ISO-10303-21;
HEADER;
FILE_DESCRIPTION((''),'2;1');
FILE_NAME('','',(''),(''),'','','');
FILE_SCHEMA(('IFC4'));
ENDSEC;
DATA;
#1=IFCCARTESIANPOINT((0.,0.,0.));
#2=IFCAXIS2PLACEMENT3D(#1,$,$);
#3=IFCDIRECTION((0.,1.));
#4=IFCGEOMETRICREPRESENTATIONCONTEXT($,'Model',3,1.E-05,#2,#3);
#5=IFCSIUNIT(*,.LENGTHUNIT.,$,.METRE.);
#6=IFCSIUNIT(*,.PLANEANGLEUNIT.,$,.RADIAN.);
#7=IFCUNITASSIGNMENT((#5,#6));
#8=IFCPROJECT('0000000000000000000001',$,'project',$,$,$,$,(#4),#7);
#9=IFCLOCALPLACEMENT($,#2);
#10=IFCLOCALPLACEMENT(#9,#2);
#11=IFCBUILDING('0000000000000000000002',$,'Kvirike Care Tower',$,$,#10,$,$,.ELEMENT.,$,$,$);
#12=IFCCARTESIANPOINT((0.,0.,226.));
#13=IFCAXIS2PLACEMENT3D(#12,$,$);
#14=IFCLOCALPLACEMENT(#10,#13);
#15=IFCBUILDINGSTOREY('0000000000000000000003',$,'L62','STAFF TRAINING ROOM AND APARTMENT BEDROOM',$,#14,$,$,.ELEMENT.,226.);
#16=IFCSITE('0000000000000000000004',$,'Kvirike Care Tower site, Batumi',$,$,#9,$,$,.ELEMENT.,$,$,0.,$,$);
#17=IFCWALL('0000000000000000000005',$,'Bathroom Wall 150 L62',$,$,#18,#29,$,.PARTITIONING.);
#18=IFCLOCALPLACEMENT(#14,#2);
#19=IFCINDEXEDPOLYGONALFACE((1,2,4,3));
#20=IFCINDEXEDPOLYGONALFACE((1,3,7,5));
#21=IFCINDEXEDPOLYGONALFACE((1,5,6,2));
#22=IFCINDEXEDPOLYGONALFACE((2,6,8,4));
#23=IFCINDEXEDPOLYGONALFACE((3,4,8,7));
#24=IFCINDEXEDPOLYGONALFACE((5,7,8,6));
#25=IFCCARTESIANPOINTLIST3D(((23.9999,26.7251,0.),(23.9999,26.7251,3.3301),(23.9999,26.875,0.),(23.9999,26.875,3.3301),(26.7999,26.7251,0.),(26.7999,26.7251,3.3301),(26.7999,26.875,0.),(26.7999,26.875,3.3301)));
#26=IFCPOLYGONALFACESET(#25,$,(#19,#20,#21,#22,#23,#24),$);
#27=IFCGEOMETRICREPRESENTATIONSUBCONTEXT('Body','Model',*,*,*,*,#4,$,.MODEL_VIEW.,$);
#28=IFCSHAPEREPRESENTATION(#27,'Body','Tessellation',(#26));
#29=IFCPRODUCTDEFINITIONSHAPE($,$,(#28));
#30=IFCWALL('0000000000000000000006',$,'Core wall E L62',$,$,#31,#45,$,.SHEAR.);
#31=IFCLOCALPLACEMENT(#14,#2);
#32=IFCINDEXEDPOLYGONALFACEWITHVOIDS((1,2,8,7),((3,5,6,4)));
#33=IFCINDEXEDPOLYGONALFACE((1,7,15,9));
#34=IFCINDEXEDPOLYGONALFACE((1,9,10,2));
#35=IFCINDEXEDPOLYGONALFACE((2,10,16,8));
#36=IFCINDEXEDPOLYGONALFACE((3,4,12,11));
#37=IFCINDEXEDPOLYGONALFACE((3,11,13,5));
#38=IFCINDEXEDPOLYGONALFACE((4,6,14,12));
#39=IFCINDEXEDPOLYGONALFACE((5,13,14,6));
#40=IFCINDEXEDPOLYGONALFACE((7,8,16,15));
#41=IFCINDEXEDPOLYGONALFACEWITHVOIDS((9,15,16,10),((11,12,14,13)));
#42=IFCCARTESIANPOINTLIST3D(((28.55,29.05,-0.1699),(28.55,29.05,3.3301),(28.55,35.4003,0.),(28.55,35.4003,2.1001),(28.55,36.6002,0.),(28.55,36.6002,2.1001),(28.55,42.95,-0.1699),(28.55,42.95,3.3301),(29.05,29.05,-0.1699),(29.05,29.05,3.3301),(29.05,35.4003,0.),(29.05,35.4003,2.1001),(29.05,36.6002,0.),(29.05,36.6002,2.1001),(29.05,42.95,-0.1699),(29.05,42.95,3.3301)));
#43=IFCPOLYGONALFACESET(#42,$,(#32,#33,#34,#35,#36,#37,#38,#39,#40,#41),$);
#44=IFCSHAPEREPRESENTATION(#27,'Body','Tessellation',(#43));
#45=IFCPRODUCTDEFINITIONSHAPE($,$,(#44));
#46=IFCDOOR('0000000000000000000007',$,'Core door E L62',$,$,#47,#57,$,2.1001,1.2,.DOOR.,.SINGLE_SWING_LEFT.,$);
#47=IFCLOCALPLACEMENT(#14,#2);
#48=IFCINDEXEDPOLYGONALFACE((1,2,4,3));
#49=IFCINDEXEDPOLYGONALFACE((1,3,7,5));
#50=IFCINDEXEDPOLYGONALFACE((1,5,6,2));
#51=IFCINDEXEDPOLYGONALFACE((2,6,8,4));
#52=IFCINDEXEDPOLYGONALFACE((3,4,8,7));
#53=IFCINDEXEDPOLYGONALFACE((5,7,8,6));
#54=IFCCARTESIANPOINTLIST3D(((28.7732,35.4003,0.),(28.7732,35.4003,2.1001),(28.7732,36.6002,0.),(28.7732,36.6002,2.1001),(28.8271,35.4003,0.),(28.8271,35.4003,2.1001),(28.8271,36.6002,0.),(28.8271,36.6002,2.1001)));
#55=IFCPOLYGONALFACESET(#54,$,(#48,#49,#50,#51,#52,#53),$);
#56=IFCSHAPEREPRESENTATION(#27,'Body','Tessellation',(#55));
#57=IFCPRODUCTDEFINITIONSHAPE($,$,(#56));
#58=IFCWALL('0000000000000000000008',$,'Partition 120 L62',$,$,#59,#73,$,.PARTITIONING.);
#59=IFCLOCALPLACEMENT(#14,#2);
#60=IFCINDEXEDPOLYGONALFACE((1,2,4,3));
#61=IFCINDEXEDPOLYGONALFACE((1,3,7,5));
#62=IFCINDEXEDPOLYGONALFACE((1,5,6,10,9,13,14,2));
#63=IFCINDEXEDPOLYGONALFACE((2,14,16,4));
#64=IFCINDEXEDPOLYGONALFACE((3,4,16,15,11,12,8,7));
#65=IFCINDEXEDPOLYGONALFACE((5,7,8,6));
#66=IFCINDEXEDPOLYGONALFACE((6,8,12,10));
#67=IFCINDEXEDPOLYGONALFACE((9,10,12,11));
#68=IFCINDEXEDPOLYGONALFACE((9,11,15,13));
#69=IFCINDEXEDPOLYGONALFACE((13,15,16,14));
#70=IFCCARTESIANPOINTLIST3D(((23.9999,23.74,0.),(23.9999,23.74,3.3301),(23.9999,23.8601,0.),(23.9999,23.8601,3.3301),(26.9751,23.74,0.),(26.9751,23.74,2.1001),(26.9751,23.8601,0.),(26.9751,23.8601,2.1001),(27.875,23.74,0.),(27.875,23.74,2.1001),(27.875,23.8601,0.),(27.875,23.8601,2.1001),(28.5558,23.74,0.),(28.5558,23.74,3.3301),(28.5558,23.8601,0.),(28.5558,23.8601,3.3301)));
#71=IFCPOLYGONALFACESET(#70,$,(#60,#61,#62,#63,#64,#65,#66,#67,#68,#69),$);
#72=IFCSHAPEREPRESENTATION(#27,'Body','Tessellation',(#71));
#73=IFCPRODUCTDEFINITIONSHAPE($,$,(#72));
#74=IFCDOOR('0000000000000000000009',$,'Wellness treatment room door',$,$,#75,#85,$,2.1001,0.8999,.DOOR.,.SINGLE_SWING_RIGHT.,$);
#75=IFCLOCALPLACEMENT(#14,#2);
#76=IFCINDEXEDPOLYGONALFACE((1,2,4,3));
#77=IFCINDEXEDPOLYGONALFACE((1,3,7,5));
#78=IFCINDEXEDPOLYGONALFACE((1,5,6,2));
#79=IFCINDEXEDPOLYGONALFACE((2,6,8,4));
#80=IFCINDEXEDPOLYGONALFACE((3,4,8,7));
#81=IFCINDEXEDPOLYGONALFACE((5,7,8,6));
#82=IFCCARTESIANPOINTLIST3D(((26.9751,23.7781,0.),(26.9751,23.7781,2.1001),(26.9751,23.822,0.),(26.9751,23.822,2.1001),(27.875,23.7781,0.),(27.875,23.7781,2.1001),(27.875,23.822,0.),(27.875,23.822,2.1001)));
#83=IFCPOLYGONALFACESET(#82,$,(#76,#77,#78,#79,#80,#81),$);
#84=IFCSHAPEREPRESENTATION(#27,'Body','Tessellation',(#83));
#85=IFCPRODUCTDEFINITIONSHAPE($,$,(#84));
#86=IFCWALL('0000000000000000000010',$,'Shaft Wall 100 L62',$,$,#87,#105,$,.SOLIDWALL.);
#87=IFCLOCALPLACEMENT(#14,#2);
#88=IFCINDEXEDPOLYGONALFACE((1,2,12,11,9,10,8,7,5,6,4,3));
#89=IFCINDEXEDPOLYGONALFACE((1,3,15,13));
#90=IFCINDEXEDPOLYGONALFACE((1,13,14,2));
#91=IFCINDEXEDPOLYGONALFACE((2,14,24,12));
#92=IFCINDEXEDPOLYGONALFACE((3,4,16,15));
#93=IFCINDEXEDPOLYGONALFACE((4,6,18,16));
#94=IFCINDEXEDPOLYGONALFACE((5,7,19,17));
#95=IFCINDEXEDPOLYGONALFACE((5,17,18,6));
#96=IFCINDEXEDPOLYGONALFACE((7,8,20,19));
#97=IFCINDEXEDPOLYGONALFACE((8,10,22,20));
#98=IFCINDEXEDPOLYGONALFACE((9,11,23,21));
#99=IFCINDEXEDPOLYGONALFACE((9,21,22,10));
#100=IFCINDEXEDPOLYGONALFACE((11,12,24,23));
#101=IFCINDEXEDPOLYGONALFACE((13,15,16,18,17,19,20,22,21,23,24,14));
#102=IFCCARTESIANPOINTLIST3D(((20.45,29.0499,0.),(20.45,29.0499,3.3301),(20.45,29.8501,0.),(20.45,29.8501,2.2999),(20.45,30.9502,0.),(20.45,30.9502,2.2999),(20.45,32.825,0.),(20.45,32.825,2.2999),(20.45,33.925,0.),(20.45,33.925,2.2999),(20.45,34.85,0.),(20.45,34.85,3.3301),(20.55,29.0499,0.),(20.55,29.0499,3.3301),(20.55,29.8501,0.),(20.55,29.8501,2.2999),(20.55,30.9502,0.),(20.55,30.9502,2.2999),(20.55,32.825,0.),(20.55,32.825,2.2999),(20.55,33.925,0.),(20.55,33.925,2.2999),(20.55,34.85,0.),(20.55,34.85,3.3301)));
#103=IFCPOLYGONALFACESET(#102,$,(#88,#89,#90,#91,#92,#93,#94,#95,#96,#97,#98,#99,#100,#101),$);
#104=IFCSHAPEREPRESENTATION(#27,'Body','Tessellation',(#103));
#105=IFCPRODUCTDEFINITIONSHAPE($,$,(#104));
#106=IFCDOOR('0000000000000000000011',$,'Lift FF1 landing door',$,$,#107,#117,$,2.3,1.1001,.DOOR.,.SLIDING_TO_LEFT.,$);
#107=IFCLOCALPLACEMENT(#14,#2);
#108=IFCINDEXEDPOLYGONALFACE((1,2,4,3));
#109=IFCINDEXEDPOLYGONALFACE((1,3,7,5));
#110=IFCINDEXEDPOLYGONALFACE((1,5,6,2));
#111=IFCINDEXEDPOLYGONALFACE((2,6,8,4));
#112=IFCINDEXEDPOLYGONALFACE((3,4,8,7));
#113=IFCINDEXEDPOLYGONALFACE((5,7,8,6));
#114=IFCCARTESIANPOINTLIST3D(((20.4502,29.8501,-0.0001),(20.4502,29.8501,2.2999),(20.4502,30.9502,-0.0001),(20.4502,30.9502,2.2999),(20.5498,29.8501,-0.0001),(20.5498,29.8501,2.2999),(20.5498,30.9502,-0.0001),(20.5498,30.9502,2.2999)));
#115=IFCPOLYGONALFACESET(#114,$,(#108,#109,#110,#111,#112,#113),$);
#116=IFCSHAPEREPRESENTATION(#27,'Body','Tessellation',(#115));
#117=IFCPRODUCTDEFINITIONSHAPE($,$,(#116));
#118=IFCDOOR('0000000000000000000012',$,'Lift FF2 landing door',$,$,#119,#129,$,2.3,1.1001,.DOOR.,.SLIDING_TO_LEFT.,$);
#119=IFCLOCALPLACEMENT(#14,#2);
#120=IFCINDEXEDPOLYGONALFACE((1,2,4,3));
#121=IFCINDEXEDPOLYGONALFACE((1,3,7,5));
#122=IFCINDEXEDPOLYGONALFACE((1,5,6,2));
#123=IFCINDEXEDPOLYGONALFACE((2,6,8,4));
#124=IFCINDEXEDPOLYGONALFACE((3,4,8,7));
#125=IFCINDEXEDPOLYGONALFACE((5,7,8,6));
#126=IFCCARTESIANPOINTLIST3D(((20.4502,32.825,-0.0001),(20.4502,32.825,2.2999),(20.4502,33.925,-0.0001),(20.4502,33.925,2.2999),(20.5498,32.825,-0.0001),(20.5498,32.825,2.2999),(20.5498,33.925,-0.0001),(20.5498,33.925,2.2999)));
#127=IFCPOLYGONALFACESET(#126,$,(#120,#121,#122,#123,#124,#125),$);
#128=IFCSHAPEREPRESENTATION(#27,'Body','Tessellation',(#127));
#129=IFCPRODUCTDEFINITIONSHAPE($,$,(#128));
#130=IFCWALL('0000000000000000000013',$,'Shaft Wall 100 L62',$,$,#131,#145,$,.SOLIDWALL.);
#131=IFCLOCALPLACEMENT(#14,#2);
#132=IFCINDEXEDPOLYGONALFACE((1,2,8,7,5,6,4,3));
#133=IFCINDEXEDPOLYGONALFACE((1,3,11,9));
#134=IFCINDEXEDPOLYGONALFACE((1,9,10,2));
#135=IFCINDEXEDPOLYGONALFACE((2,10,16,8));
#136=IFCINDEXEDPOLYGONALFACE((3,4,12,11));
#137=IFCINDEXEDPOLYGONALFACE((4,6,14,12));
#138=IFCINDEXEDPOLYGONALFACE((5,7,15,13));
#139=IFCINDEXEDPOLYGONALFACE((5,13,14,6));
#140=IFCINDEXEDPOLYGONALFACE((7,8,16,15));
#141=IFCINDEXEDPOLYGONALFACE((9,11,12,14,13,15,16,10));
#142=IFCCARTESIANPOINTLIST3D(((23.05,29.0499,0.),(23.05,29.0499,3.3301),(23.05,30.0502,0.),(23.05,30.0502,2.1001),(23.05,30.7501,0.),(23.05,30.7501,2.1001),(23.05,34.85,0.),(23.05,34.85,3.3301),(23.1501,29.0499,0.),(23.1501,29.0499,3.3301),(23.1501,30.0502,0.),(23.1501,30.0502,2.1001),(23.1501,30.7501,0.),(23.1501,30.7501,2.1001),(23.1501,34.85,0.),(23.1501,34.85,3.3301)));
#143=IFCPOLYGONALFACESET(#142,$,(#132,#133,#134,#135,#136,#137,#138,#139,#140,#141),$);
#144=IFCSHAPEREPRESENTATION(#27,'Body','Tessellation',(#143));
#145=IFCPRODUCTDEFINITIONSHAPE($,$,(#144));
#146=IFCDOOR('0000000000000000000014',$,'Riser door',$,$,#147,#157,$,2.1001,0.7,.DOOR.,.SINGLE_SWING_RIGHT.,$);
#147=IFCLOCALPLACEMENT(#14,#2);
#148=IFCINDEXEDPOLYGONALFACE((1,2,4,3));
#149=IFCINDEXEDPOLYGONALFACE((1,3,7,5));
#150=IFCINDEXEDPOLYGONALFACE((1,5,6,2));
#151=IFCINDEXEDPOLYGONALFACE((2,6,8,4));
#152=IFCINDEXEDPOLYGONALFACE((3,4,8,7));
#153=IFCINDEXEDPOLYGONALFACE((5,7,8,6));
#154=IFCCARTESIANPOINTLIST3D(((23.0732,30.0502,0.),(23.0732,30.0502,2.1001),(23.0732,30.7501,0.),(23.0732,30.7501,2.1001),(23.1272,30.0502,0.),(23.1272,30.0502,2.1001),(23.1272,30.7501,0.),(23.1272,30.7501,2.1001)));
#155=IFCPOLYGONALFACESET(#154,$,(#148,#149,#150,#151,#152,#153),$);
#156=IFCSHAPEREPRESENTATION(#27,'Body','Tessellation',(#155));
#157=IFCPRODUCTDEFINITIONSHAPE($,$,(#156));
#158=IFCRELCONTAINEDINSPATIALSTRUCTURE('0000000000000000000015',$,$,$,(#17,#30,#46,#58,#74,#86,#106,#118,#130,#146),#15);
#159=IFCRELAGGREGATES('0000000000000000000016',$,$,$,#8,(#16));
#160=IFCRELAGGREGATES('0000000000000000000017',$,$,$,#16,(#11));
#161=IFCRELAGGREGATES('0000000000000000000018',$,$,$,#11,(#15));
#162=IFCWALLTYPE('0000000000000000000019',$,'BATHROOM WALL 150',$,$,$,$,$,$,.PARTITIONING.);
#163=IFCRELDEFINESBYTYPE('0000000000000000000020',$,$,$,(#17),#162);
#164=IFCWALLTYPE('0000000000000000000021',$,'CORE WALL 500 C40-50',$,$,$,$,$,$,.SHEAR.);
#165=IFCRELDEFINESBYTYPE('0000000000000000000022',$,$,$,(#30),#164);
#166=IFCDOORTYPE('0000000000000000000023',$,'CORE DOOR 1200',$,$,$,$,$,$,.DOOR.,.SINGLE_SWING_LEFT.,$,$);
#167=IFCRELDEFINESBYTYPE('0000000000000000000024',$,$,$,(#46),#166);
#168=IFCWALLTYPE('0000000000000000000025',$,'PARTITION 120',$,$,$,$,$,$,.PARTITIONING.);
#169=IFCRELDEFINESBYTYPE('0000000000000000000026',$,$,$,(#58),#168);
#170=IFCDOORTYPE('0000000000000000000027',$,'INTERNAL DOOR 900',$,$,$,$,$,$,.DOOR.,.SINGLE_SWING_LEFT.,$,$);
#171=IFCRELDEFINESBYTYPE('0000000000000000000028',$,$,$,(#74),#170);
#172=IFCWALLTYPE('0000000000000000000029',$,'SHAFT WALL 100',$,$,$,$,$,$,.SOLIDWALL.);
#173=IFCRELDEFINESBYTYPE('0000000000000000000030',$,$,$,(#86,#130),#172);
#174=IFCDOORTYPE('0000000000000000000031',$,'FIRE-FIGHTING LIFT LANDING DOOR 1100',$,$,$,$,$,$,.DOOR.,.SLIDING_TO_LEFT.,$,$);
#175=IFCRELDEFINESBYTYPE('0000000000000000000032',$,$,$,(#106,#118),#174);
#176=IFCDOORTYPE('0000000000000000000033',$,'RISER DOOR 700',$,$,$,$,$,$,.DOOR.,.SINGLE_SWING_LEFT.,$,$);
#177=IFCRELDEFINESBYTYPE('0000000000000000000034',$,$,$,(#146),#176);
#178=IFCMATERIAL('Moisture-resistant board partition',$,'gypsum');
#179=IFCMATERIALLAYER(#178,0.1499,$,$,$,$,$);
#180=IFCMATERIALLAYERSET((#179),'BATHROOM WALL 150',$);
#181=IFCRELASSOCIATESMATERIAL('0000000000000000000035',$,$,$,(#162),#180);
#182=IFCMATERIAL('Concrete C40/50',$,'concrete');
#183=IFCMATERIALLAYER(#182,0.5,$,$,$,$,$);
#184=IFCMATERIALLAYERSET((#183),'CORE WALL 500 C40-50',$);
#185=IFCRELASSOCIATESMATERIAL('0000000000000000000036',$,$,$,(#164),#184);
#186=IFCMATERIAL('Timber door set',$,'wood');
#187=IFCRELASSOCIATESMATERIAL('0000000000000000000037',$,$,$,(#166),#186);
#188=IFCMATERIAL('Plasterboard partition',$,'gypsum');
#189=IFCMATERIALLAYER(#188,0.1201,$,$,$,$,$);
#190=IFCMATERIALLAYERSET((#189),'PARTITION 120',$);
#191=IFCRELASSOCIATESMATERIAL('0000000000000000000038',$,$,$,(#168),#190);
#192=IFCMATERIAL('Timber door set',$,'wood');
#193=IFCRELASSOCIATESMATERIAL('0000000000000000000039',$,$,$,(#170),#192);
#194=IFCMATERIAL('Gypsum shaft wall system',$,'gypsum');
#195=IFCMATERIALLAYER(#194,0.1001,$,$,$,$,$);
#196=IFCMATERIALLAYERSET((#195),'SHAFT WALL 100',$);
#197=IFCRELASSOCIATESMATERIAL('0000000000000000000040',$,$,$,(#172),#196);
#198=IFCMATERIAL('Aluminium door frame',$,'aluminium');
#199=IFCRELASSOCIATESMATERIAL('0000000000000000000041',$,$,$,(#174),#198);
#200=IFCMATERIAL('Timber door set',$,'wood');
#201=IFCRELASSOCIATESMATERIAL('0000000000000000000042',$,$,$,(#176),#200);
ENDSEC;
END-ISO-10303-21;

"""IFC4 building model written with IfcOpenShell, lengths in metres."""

from ifc_helpers import new_model, si_unit, direction, frame, frame_2d, origin, place, context, subcontext, project, spatial, rectangle, extrude, material, layer, layer_set, type_object, element, fill, save


model = new_model("IFC4")

# Units and contexts
model_context = context("Model", 3, precision=1e-05, world=origin(), true_north=direction((0.0, 1.0)))
body_context = subcontext(model_context, "Body", "Model", "MODEL_VIEW")
ifc_project = project(units=[si_unit("LENGTHUNIT", "METRE"), si_unit("PLANEANGLEUNIT", "RADIAN")], contexts=[model_context])

# Site, building, storey
site_placement = place(None, origin())
site = spatial("IfcSite", under=ifc_project, at=site_placement, Name="Kvirike Care Tower site, Batumi", CompositionType="ELEMENT", RefElevation=0.0)
building_placement = place(site_placement, origin())
building = spatial("IfcBuilding", under=site, at=building_placement, Name="Kvirike Care Tower", CompositionType="ELEMENT")
storey_placement = place(building_placement, frame((0.0, 0.0, 226.0)))
storey = spatial("IfcBuildingStorey", under=building, at=storey_placement, Name="L62", Description="STAFF TRAINING ROOM AND APARTMENT BEDROOM", CompositionType="ELEMENT", Elevation=226.0)

# Shared definitions
ifc_material_1 = material(Name="Moisture-resistant board partition", Category="gypsum")
ifc_layer_1 = layer(ifc_material_1, 0.1499)
ifc_layer_set_1 = layer_set([ifc_layer_1], Name="BATHROOM WALL 150")
wall_type_1 = type_object("IfcWallType", Name="BATHROOM WALL 150", PredefinedType="PARTITIONING", material=ifc_layer_set_1)

# Wall
wall_1_placement = place(storey_placement, frame((24.0, 26.8, 0.0), z_axis=(0.0, 0.0, 1.0), x_axis=(1.0, 0.0, 0.0)))
element("IfcWall", 1, at=wall_1_placement, inside=storey, type_object=wall_type_1, Name="Bathroom Wall 150 L62", PredefinedType="PARTITIONING", context=body_context, shape_type="SweptSolid", body=[
    extrude(rectangle(XDim=2.8, YDim=0.1499, at=frame_2d((1.3999, 0.0))), origin(), (0.0, 0.0, 1.0), 3.3301),
])

# Walls, openings, doors
ifc_material_2 = material(Name="Concrete C40/50", Category="concrete")
ifc_layer_2 = layer(ifc_material_2, 0.5)
ifc_layer_set_2 = layer_set([ifc_layer_2], Name="CORE WALL 500 C40-50")
wall_type_2 = type_object("IfcWallType", Name="CORE WALL 500 C40-50", PredefinedType="SHEAR", material=ifc_layer_set_2)
wall_2_placement = place(storey_placement, frame((28.8, 29.05, -0.1699), z_axis=(0.0, 0.0, 1.0), x_axis=(0.0, 1.0, 0.0)))
wall_2 = element("IfcWall", 2, at=wall_2_placement, inside=storey, type_object=wall_type_2, Name="Core wall E L62", PredefinedType="SHEAR", context=body_context, shape_type="SweptSolid", body=[
    extrude(rectangle(XDim=13.8999, YDim=0.5, at=frame_2d((6.95, 0.0))), origin(), (0.0, 0.0, 1.0), 3.5),
])
opening_1_placement = place(wall_2_placement, frame((6.3501, 0.0, 0.1699)))
opening_1 = element("IfcOpeningElement", 3, at=opening_1_placement, cuts=wall_2, PredefinedType="OPENING", context=body_context, shape_type="SweptSolid", body=[
    extrude(rectangle(XDim=1.2, YDim=2.1001, at=frame_2d((0.6001, 1.05))), frame((0.0, 0.2605, 0.0), z_axis=(0.0, -1.0, 0.0), x_axis=(1.0, 0.0, 0.0)), (0.0, 0.0, 1.0), 0.521),
])
ifc_material_3 = material(Name="Timber door set", Category="wood")
door_type_1 = type_object("IfcDoorType", Name="CORE DOOR 1200", OperationType="SINGLE_SWING_LEFT", PredefinedType="DOOR", material=ifc_material_3)
door_1_placement = place(opening_1_placement, origin())
door_1 = element("IfcDoor", 4, at=door_1_placement, inside=storey, type_object=door_type_1, Name="Core door E L62", OperationType="SINGLE_SWING_LEFT", OverallHeight=2.1001, OverallWidth=1.2, PredefinedType="DOOR", context=body_context, shape_type="SweptSolid", body=[
    extrude(rectangle(XDim=1.2, YDim=2.1001, at=frame_2d((0.6001, 1.05))), frame((0.0, 0.0269, 0.0), z_axis=(0.0, -1.0, 0.0), x_axis=(1.0, 0.0, 0.0)), (0.0, 0.0, 1.0), 0.054),
])
fill(opening_1, door_1)
ifc_material_4 = material(Name="Plasterboard partition", Category="gypsum")
ifc_layer_3 = layer(ifc_material_4, 0.1201)
ifc_layer_set_3 = layer_set([ifc_layer_3], Name="PARTITION 120")
wall_type_3 = type_object("IfcWallType", Name="PARTITION 120", PredefinedType="PARTITIONING", material=ifc_layer_set_3)
wall_3_placement = place(storey_placement, frame((24.0, 23.8, 0.0), z_axis=(0.0, 0.0, 1.0), x_axis=(1.0, 0.0, 0.0)))
wall_3 = element("IfcWall", 5, at=wall_3_placement, inside=storey, type_object=wall_type_3, Name="Partition 120 L62", PredefinedType="PARTITIONING", context=body_context, shape_type="SweptSolid", body=[
    extrude(rectangle(XDim=4.5559, YDim=0.1201, at=frame_2d((2.2778, 0.0))), origin(), (0.0, 0.0, 1.0), 3.3301),
])
opening_2_placement = place(wall_3_placement, frame((2.9751, 0.0, 0.0)))
opening_2 = element("IfcOpeningElement", 6, at=opening_2_placement, cuts=wall_3, PredefinedType="OPENING", context=body_context, shape_type="SweptSolid", body=[
    extrude(rectangle(XDim=0.8999, YDim=2.1001, at=frame_2d((0.45, 1.05))), frame((0.0, 0.0706, 0.0), z_axis=(0.0, -1.0, 0.0), x_axis=(1.0, 0.0, 0.0)), (0.0, 0.0, 1.0), 0.1411),
])
ifc_material_5 = material(Name="Timber door set", Category="wood")
door_type_2 = type_object("IfcDoorType", Name="INTERNAL DOOR 900", OperationType="SINGLE_SWING_LEFT", PredefinedType="DOOR", material=ifc_material_5)
door_2_placement = place(opening_2_placement, origin())
door_2 = element("IfcDoor", 7, at=door_2_placement, inside=storey, type_object=door_type_2, Name="Wellness treatment room door", OperationType="SINGLE_SWING_RIGHT", OverallHeight=2.1001, OverallWidth=0.8999, PredefinedType="DOOR", context=body_context, shape_type="SweptSolid", body=[
    extrude(rectangle(XDim=0.8999, YDim=2.1001, at=frame_2d((0.45, 1.05))), frame((0.0, 0.022, 0.0), z_axis=(0.0, -1.0, 0.0), x_axis=(1.0, 0.0, 0.0)), (0.0, 0.0, 1.0), 0.0439),
])
fill(opening_2, door_2)

# Wall, openings, doors
ifc_material_6 = material(Name="Gypsum shaft wall system", Category="gypsum")
ifc_layer_4 = layer(ifc_material_6, 0.1001)
ifc_layer_set_4 = layer_set([ifc_layer_4], Name="SHAFT WALL 100")
wall_type_4 = type_object("IfcWallType", Name="SHAFT WALL 100", PredefinedType="SOLIDWALL", material=ifc_layer_set_4)
wall_4_placement = place(storey_placement, frame((20.5, 29.05, 0.0), z_axis=(0.0, 0.0, 1.0), x_axis=(0.0, 1.0, 0.0)))
wall_4 = element("IfcWall", 8, at=wall_4_placement, inside=storey, type_object=wall_type_4, Name="Shaft Wall 100 L62", PredefinedType="SOLIDWALL", context=body_context, shape_type="SweptSolid", body=[
    extrude(rectangle(XDim=5.8, YDim=0.1001, at=frame_2d((2.8999, 0.0))), origin(), (0.0, 0.0, 1.0), 3.3301),
])
opening_3_placement = place(wall_4_placement, frame((0.8, 0.0, 0.0)))
opening_3 = element("IfcOpeningElement", 9, at=opening_3_placement, cuts=wall_4, PredefinedType="OPENING", context=body_context, shape_type="SweptSolid", body=[
    extrude(rectangle(XDim=1.1001, YDim=2.3, at=frame_2d((0.55, 1.1499))), frame((0.0, 0.0605, 0.0), z_axis=(0.0, -1.0, 0.0), x_axis=(1.0, 0.0, 0.0)), (0.0, 0.0, 1.0), 0.1211),
])
opening_4_placement = place(wall_4_placement, frame((3.7749, 0.0, 0.0)))
opening_4 = element("IfcOpeningElement", 10, at=opening_4_placement, cuts=wall_4, PredefinedType="OPENING", context=body_context, shape_type="SweptSolid", body=[
    extrude(rectangle(XDim=1.1001, YDim=2.3, at=frame_2d((0.55, 1.1499))), frame((0.0, 0.0605, 0.0), z_axis=(0.0, -1.0, 0.0), x_axis=(1.0, 0.0, 0.0)), (0.0, 0.0, 1.0), 0.1211),
])
ifc_material_7 = material(Name="Aluminium door frame", Category="aluminium")
door_type_3 = type_object("IfcDoorType", Name="FIRE-FIGHTING LIFT LANDING DOOR 1100", OperationType="SLIDING_TO_LEFT", PredefinedType="DOOR", material=ifc_material_7)
door_3_placement = place(opening_3_placement, origin())
door_3 = element("IfcDoor", 11, at=door_3_placement, inside=storey, type_object=door_type_3, Name="Lift FF1 landing door", OperationType="SLIDING_TO_LEFT", OverallHeight=2.3, OverallWidth=1.1001, PredefinedType="DOOR", context=body_context, shape_type="SweptSolid", body=[
    extrude(rectangle(XDim=1.1001, YDim=2.3, at=frame_2d((0.55, 1.1499))), frame((0.0, 0.0498, 0.0), z_axis=(0.0, -1.0, 0.0), x_axis=(1.0, 0.0, 0.0)), (0.0, 0.0, 1.0), 0.0996),
])
fill(opening_3, door_3)
door_4_placement = place(opening_4_placement, origin())
door_4 = element("IfcDoor", 12, at=door_4_placement, inside=storey, type_object=door_type_3, Name="Lift FF2 landing door", OperationType="SLIDING_TO_LEFT", OverallHeight=2.3, OverallWidth=1.1001, PredefinedType="DOOR", context=body_context, shape_type="SweptSolid", body=[
    extrude(rectangle(XDim=1.1001, YDim=2.3, at=frame_2d((0.55, 1.1499))), frame((0.0, 0.0498, 0.0), z_axis=(0.0, -1.0, 0.0), x_axis=(1.0, 0.0, 0.0)), (0.0, 0.0, 1.0), 0.0996),
])
fill(opening_4, door_4)

# Wall, opening, door
wall_5_placement = place(storey_placement, frame((23.1001, 29.05, 0.0), z_axis=(0.0, 0.0, 1.0), x_axis=(0.0, 1.0, 0.0)))
wall_5 = element("IfcWall", 13, at=wall_5_placement, inside=storey, type_object=wall_type_4, Name="Shaft Wall 100 L62", PredefinedType="SOLIDWALL", context=body_context, shape_type="SweptSolid", body=[
    extrude(rectangle(XDim=5.8, YDim=0.1001, at=frame_2d((2.8999, 0.0))), origin(), (0.0, 0.0, 1.0), 3.3301),
])
opening_5_placement = place(wall_5_placement, frame((1.0, 0.0, 0.0)))
opening_5 = element("IfcOpeningElement", 14, at=opening_5_placement, cuts=wall_5, PredefinedType="OPENING", context=body_context, shape_type="SweptSolid", body=[
    extrude(rectangle(XDim=0.7, YDim=2.1001, at=frame_2d((0.3501, 1.05))), frame((0.0, 0.0605, 0.0), z_axis=(0.0, -1.0, 0.0), x_axis=(1.0, 0.0, 0.0)), (0.0, 0.0, 1.0), 0.1211),
])
ifc_material_8 = material(Name="Timber door set", Category="wood")
door_type_4 = type_object("IfcDoorType", Name="RISER DOOR 700", OperationType="SINGLE_SWING_LEFT", PredefinedType="DOOR", material=ifc_material_8)
door_5_placement = place(opening_5_placement, origin())
door_5 = element("IfcDoor", 15, at=door_5_placement, inside=storey, type_object=door_type_4, Name="Riser door", OperationType="SINGLE_SWING_RIGHT", OverallHeight=2.1001, OverallWidth=0.7, PredefinedType="DOOR", context=body_context, shape_type="SweptSolid", body=[
    extrude(rectangle(XDim=0.7, YDim=2.1001, at=frame_2d((0.3501, 1.05))), frame((0.0, 0.0269, 0.0), z_axis=(0.0, -1.0, 0.0), x_axis=(1.0, 0.0, 0.0)), (0.0, 0.0, 1.0), 0.054),
])
fill(opening_5, door_5)

save(model, "model.ifc")
